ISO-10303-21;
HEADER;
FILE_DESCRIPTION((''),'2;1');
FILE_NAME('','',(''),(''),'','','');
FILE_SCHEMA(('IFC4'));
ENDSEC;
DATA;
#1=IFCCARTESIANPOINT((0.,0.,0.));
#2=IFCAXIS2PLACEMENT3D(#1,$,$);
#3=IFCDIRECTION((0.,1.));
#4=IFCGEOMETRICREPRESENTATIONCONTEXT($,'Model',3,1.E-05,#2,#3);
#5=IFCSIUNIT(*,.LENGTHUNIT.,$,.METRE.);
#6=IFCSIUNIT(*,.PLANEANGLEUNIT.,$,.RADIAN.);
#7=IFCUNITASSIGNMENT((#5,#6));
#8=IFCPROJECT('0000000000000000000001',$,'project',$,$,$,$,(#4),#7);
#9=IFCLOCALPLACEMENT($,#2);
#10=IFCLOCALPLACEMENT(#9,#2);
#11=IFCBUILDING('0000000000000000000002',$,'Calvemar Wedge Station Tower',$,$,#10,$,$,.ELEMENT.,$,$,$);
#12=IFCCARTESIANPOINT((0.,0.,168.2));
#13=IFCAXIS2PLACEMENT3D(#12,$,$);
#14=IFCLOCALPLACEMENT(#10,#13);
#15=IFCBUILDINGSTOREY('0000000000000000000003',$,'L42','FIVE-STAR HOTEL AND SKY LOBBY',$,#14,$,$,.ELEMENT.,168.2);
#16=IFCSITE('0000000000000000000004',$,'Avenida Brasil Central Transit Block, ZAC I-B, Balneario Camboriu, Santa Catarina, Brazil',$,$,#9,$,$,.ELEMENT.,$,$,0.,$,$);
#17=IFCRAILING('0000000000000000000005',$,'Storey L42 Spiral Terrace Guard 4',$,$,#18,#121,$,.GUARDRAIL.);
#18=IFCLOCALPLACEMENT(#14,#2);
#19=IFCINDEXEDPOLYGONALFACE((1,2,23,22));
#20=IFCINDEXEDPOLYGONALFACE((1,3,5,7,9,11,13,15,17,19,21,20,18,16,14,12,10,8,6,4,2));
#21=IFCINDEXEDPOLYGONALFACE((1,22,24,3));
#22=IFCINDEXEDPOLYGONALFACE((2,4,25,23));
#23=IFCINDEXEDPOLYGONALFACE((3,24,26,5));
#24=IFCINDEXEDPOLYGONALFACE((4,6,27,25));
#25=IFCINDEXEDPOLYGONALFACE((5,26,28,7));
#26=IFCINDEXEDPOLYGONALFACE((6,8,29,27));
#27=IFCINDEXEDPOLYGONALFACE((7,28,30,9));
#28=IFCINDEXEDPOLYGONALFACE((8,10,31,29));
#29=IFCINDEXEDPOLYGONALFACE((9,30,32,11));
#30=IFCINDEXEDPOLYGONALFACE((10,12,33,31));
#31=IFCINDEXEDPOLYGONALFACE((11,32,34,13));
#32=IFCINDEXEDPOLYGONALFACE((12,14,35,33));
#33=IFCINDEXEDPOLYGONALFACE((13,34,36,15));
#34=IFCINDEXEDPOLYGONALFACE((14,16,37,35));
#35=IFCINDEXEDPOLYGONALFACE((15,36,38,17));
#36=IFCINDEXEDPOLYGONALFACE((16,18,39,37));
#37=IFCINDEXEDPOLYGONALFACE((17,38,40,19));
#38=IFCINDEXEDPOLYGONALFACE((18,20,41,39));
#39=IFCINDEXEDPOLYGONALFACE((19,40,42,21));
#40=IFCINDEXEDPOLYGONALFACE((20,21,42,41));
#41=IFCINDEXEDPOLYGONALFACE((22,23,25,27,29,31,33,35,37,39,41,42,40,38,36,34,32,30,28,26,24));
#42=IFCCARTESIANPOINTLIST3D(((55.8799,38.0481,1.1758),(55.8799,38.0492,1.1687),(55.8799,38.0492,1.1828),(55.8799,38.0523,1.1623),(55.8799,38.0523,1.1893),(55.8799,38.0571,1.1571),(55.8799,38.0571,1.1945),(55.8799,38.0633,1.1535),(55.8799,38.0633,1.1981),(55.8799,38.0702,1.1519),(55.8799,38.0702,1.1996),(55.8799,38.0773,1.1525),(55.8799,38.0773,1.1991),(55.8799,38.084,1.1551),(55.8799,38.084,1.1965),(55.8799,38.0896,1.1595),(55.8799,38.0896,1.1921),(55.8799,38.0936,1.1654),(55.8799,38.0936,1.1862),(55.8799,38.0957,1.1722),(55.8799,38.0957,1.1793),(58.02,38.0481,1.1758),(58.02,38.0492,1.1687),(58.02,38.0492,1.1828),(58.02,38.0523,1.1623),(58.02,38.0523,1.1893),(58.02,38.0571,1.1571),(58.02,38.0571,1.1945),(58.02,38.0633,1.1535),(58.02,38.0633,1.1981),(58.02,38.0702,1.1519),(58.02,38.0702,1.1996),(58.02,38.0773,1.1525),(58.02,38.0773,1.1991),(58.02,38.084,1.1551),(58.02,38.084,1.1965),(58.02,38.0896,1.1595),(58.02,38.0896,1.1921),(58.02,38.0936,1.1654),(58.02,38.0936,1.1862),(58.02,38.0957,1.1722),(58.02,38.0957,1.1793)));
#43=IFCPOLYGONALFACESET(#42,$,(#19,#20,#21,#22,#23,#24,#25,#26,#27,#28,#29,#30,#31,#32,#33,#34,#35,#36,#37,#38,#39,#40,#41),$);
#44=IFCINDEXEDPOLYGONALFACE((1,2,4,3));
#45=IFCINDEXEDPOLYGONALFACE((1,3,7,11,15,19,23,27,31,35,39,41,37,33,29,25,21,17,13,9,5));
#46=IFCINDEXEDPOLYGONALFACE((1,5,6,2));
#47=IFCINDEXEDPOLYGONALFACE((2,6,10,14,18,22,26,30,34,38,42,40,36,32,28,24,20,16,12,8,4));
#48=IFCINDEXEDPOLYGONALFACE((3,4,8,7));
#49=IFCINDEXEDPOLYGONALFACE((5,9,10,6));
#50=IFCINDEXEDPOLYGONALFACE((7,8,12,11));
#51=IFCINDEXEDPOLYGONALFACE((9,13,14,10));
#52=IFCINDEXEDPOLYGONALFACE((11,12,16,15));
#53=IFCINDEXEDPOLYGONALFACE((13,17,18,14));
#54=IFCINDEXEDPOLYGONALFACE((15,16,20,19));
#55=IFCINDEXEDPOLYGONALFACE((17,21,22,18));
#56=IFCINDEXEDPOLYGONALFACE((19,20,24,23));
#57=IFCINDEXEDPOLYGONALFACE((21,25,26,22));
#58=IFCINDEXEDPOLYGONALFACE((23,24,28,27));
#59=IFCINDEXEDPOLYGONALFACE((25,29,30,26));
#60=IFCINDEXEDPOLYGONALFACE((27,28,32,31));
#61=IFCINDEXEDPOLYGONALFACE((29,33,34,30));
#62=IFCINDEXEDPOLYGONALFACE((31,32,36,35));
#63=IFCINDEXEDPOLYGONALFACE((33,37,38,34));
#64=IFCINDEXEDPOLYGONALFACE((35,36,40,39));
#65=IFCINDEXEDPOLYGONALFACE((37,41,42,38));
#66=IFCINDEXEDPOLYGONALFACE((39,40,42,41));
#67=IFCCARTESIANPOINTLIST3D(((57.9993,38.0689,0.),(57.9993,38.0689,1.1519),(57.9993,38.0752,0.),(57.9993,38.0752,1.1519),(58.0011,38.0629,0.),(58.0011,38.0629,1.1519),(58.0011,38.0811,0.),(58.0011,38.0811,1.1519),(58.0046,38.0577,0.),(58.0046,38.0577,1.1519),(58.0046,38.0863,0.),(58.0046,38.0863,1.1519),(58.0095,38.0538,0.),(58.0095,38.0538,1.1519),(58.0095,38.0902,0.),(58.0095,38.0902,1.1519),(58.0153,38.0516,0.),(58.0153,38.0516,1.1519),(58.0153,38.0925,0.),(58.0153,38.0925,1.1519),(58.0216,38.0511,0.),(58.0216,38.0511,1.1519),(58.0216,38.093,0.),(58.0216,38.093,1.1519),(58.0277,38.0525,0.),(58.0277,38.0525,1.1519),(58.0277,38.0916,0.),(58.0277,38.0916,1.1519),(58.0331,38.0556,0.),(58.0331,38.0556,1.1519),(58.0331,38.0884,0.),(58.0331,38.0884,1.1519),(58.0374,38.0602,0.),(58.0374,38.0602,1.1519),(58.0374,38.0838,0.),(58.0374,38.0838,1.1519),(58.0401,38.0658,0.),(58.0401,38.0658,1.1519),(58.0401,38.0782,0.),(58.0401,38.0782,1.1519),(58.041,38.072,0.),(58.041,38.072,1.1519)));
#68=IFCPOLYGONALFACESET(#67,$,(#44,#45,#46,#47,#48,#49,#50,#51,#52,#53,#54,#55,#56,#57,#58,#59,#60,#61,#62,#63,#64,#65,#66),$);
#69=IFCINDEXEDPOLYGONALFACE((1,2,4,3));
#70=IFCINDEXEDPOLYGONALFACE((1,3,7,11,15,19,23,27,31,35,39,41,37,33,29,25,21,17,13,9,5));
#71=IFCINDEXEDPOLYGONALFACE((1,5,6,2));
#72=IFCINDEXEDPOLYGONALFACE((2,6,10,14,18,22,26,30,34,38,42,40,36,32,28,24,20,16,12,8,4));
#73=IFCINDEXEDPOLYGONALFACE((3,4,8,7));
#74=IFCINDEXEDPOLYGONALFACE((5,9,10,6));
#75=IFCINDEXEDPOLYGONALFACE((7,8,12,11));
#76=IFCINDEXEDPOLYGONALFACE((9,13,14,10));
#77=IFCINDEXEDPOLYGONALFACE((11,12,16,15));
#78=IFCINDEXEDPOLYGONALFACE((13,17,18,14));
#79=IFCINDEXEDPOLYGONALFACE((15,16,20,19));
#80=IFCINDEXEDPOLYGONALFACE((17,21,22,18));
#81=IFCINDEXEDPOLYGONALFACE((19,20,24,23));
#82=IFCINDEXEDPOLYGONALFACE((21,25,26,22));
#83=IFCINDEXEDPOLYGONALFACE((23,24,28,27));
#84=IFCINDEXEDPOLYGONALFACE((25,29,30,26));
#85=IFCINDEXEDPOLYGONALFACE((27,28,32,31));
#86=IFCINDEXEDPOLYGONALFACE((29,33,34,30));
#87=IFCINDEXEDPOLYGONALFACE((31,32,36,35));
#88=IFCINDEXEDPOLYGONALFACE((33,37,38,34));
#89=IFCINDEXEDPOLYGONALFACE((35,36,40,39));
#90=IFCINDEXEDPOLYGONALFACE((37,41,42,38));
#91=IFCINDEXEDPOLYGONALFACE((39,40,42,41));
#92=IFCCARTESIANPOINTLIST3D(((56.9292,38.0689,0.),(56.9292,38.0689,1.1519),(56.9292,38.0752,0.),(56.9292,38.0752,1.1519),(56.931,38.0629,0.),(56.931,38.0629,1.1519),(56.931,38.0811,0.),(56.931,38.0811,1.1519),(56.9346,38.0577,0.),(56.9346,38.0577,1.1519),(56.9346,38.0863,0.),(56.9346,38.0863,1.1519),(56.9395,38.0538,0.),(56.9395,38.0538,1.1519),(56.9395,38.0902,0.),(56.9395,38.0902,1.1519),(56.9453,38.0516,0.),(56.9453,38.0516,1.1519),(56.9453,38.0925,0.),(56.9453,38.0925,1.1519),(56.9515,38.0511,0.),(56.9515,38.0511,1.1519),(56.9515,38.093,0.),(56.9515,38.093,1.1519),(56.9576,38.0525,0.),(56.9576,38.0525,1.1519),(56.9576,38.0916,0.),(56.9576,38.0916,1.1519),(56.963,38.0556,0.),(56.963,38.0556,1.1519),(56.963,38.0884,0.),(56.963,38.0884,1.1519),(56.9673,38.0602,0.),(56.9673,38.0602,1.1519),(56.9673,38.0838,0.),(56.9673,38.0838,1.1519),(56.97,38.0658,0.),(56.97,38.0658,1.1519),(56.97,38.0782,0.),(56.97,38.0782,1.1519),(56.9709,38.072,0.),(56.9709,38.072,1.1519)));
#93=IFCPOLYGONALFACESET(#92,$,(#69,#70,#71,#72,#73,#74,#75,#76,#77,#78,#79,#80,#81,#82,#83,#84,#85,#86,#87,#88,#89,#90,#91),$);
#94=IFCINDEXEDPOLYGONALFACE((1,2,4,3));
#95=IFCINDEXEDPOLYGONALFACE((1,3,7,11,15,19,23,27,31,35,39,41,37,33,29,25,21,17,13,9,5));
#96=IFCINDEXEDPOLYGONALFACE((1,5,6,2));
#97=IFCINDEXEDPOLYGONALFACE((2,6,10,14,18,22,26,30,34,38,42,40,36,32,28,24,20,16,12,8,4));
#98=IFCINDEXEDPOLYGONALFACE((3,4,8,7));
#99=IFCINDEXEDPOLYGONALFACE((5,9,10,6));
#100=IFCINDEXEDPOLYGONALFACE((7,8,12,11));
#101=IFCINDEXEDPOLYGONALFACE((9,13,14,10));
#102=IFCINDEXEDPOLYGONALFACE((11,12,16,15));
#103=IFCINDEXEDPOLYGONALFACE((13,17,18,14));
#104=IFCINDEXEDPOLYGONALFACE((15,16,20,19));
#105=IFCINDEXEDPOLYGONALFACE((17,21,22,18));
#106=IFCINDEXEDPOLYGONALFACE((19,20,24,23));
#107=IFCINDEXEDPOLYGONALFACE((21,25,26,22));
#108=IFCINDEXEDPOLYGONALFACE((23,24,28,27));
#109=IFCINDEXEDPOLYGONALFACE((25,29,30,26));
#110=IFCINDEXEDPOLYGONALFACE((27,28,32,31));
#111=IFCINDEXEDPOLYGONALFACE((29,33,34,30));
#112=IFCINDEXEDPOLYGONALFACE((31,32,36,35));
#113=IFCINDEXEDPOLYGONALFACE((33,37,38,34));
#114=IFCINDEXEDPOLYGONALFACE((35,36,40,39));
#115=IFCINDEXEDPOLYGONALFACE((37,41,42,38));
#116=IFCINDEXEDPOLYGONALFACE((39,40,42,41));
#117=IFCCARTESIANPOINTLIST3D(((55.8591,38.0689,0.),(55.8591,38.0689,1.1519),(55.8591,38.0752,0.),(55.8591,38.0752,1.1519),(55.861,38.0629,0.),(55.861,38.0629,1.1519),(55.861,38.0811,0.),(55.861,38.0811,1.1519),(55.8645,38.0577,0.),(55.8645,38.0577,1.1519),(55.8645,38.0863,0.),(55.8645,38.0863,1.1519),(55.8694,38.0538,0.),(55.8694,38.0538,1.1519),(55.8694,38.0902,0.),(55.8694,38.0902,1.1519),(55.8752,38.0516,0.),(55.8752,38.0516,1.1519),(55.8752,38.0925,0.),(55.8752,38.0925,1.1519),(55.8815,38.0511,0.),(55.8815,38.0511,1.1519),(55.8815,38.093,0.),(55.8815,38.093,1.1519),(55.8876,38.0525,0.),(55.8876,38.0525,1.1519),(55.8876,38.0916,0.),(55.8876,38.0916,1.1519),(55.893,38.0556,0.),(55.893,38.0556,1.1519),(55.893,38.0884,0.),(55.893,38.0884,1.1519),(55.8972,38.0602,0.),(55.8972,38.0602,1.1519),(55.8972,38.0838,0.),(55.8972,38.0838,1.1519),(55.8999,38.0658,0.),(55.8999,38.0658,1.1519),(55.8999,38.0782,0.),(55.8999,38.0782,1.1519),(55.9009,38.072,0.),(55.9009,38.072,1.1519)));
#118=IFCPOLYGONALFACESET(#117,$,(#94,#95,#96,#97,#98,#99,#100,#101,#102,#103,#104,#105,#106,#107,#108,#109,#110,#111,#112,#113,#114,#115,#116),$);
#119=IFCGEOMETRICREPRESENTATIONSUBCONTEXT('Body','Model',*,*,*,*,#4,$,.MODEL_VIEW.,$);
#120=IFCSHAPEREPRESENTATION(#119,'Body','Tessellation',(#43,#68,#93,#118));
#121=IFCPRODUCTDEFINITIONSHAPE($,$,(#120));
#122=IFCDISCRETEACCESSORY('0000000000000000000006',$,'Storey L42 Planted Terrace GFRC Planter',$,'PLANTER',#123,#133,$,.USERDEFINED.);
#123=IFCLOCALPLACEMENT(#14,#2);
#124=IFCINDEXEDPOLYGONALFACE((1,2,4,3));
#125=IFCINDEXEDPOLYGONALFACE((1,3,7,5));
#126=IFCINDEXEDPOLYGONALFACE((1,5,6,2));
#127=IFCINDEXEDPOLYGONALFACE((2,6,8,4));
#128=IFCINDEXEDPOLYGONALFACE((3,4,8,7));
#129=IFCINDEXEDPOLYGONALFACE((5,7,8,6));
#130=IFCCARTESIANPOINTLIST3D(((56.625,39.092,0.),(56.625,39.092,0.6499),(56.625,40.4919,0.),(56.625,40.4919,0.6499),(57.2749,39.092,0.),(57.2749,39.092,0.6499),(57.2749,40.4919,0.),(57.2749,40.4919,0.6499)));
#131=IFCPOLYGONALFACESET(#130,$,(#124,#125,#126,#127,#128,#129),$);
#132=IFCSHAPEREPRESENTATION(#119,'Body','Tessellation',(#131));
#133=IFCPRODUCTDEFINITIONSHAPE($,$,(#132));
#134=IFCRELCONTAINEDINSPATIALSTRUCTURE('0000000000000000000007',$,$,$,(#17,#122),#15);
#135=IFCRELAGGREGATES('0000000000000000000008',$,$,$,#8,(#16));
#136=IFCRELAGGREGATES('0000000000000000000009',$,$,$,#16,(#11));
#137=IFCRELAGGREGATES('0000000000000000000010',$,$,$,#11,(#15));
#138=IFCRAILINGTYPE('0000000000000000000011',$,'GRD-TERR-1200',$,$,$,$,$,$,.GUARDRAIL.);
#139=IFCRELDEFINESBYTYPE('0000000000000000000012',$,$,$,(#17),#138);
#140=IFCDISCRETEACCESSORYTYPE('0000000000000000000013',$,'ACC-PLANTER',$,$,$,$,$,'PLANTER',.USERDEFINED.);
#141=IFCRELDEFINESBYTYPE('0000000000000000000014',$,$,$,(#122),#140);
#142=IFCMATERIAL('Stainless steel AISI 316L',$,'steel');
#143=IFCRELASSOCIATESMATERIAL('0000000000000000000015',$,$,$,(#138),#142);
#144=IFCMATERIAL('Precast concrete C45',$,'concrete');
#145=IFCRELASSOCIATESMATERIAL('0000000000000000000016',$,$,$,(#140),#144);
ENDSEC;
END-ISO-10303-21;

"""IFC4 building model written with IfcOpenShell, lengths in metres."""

from ifc_helpers import new_model, si_unit, direction, frame, origin, origin_2d, place, context, subcontext, project, spatial, rectangle, circle, extrude, source, transform, mapped, material, type_object, element, save


model = new_model("IFC4")

# Units and contexts
model_context = context("Model", 3, precision=1e-05, world=origin(), true_north=direction((0.0, 1.0)))
body_context = subcontext(model_context, "Body", "Model", "MODEL_VIEW")
ifc_project = project(units=[si_unit("LENGTHUNIT", "METRE"), si_unit("PLANEANGLEUNIT", "RADIAN")], contexts=[model_context])

# Site, building, storey
site_placement = place(None, origin())
site = spatial("IfcSite", under=ifc_project, at=site_placement, Name="Avenida Brasil Central Transit Block, ZAC I-B, Balneario Camboriu, Santa Catarina, Brazil", CompositionType="ELEMENT", RefElevation=0.0)
building_placement = place(site_placement, origin())
building = spatial("IfcBuilding", under=site, at=building_placement, Name="Calvemar Wedge Station Tower", CompositionType="ELEMENT")
storey_placement = place(building_placement, frame((0.0, 0.0, 168.2)))
storey = spatial("IfcBuildingStorey", under=building, at=storey_placement, Name="L42", Description="FIVE-STAR HOTEL AND SKY LOBBY", CompositionType="ELEMENT", Elevation=168.2)

# Shared definitions
ifc_material_1 = material(Name="Precast concrete C45", Category="concrete")

# Railing
ifc_material_2 = material(Name="Stainless steel AISI 316L", Category="steel")
railing_type = type_object("IfcRailingType", Name="GRD-TERR-1200", PredefinedType="GUARDRAIL", material=ifc_material_2)
railing_1_placement = place(storey_placement, frame((58.02, 38.072, 0.0)))
element("IfcRailing", 1, at=railing_1_placement, inside=storey, type_object=railing_type, Name="Storey L42 Spiral Terrace Guard 4", PredefinedType="GUARDRAIL", context=body_context, shape_type="SweptSolid", body=[
    extrude(circle(Radius=0.0239, at=origin_2d()), frame((0.0, 0.0, 1.1758), z_axis=(-1.0, 0.0, 0.0), x_axis=(0.0, -1.0, 0.0)), (0.0, 0.0, 1.0), 2.1401),
    extrude(circle(Radius=0.021, at=origin_2d()), origin(), (0.0, 0.0, 1.0), 1.1519),
    extrude(circle(Radius=0.021, at=origin_2d()), frame((-1.0701, 0.0, 0.0)), (0.0, 0.0, 1.0), 1.1519),
    extrude(circle(Radius=0.021, at=origin_2d()), frame((-2.1401, 0.0, 0.0)), (0.0, 0.0, 1.0), 1.1519),
])

# Discrete accessory
discrete_accessory_type = type_object("IfcDiscreteAccessoryType", Name="ACC-PLANTER", ElementType="PLANTER", PredefinedType="USERDEFINED", material=ifc_material_1)
shared_shape_1 = source(origin(), body_context, "Body", "SweptSolid", [
    extrude(rectangle(XDim=0.6499, YDim=1.3999, at=origin_2d()), origin(), (0.0, 0.0, 1.0), 0.6499),
])
discrete_accessory_placement = place(storey_placement, frame((56.95, 39.792, 0.0), z_axis=(0.0, 0.0, 1.0), x_axis=(1.0, 0.0, 0.0)))
element("IfcDiscreteAccessory", 2, at=discrete_accessory_placement, inside=storey, type_object=discrete_accessory_type, Name="Storey L42 Planted Terrace GFRC Planter", ObjectType="PLANTER", PredefinedType="USERDEFINED", context=body_context, shape_type="MappedRepresentation", body=[
    mapped(shared_shape_1, transform((0.0, 0.0, 0.0), scale=1.0)),
])

save(model, "model.ifc")
